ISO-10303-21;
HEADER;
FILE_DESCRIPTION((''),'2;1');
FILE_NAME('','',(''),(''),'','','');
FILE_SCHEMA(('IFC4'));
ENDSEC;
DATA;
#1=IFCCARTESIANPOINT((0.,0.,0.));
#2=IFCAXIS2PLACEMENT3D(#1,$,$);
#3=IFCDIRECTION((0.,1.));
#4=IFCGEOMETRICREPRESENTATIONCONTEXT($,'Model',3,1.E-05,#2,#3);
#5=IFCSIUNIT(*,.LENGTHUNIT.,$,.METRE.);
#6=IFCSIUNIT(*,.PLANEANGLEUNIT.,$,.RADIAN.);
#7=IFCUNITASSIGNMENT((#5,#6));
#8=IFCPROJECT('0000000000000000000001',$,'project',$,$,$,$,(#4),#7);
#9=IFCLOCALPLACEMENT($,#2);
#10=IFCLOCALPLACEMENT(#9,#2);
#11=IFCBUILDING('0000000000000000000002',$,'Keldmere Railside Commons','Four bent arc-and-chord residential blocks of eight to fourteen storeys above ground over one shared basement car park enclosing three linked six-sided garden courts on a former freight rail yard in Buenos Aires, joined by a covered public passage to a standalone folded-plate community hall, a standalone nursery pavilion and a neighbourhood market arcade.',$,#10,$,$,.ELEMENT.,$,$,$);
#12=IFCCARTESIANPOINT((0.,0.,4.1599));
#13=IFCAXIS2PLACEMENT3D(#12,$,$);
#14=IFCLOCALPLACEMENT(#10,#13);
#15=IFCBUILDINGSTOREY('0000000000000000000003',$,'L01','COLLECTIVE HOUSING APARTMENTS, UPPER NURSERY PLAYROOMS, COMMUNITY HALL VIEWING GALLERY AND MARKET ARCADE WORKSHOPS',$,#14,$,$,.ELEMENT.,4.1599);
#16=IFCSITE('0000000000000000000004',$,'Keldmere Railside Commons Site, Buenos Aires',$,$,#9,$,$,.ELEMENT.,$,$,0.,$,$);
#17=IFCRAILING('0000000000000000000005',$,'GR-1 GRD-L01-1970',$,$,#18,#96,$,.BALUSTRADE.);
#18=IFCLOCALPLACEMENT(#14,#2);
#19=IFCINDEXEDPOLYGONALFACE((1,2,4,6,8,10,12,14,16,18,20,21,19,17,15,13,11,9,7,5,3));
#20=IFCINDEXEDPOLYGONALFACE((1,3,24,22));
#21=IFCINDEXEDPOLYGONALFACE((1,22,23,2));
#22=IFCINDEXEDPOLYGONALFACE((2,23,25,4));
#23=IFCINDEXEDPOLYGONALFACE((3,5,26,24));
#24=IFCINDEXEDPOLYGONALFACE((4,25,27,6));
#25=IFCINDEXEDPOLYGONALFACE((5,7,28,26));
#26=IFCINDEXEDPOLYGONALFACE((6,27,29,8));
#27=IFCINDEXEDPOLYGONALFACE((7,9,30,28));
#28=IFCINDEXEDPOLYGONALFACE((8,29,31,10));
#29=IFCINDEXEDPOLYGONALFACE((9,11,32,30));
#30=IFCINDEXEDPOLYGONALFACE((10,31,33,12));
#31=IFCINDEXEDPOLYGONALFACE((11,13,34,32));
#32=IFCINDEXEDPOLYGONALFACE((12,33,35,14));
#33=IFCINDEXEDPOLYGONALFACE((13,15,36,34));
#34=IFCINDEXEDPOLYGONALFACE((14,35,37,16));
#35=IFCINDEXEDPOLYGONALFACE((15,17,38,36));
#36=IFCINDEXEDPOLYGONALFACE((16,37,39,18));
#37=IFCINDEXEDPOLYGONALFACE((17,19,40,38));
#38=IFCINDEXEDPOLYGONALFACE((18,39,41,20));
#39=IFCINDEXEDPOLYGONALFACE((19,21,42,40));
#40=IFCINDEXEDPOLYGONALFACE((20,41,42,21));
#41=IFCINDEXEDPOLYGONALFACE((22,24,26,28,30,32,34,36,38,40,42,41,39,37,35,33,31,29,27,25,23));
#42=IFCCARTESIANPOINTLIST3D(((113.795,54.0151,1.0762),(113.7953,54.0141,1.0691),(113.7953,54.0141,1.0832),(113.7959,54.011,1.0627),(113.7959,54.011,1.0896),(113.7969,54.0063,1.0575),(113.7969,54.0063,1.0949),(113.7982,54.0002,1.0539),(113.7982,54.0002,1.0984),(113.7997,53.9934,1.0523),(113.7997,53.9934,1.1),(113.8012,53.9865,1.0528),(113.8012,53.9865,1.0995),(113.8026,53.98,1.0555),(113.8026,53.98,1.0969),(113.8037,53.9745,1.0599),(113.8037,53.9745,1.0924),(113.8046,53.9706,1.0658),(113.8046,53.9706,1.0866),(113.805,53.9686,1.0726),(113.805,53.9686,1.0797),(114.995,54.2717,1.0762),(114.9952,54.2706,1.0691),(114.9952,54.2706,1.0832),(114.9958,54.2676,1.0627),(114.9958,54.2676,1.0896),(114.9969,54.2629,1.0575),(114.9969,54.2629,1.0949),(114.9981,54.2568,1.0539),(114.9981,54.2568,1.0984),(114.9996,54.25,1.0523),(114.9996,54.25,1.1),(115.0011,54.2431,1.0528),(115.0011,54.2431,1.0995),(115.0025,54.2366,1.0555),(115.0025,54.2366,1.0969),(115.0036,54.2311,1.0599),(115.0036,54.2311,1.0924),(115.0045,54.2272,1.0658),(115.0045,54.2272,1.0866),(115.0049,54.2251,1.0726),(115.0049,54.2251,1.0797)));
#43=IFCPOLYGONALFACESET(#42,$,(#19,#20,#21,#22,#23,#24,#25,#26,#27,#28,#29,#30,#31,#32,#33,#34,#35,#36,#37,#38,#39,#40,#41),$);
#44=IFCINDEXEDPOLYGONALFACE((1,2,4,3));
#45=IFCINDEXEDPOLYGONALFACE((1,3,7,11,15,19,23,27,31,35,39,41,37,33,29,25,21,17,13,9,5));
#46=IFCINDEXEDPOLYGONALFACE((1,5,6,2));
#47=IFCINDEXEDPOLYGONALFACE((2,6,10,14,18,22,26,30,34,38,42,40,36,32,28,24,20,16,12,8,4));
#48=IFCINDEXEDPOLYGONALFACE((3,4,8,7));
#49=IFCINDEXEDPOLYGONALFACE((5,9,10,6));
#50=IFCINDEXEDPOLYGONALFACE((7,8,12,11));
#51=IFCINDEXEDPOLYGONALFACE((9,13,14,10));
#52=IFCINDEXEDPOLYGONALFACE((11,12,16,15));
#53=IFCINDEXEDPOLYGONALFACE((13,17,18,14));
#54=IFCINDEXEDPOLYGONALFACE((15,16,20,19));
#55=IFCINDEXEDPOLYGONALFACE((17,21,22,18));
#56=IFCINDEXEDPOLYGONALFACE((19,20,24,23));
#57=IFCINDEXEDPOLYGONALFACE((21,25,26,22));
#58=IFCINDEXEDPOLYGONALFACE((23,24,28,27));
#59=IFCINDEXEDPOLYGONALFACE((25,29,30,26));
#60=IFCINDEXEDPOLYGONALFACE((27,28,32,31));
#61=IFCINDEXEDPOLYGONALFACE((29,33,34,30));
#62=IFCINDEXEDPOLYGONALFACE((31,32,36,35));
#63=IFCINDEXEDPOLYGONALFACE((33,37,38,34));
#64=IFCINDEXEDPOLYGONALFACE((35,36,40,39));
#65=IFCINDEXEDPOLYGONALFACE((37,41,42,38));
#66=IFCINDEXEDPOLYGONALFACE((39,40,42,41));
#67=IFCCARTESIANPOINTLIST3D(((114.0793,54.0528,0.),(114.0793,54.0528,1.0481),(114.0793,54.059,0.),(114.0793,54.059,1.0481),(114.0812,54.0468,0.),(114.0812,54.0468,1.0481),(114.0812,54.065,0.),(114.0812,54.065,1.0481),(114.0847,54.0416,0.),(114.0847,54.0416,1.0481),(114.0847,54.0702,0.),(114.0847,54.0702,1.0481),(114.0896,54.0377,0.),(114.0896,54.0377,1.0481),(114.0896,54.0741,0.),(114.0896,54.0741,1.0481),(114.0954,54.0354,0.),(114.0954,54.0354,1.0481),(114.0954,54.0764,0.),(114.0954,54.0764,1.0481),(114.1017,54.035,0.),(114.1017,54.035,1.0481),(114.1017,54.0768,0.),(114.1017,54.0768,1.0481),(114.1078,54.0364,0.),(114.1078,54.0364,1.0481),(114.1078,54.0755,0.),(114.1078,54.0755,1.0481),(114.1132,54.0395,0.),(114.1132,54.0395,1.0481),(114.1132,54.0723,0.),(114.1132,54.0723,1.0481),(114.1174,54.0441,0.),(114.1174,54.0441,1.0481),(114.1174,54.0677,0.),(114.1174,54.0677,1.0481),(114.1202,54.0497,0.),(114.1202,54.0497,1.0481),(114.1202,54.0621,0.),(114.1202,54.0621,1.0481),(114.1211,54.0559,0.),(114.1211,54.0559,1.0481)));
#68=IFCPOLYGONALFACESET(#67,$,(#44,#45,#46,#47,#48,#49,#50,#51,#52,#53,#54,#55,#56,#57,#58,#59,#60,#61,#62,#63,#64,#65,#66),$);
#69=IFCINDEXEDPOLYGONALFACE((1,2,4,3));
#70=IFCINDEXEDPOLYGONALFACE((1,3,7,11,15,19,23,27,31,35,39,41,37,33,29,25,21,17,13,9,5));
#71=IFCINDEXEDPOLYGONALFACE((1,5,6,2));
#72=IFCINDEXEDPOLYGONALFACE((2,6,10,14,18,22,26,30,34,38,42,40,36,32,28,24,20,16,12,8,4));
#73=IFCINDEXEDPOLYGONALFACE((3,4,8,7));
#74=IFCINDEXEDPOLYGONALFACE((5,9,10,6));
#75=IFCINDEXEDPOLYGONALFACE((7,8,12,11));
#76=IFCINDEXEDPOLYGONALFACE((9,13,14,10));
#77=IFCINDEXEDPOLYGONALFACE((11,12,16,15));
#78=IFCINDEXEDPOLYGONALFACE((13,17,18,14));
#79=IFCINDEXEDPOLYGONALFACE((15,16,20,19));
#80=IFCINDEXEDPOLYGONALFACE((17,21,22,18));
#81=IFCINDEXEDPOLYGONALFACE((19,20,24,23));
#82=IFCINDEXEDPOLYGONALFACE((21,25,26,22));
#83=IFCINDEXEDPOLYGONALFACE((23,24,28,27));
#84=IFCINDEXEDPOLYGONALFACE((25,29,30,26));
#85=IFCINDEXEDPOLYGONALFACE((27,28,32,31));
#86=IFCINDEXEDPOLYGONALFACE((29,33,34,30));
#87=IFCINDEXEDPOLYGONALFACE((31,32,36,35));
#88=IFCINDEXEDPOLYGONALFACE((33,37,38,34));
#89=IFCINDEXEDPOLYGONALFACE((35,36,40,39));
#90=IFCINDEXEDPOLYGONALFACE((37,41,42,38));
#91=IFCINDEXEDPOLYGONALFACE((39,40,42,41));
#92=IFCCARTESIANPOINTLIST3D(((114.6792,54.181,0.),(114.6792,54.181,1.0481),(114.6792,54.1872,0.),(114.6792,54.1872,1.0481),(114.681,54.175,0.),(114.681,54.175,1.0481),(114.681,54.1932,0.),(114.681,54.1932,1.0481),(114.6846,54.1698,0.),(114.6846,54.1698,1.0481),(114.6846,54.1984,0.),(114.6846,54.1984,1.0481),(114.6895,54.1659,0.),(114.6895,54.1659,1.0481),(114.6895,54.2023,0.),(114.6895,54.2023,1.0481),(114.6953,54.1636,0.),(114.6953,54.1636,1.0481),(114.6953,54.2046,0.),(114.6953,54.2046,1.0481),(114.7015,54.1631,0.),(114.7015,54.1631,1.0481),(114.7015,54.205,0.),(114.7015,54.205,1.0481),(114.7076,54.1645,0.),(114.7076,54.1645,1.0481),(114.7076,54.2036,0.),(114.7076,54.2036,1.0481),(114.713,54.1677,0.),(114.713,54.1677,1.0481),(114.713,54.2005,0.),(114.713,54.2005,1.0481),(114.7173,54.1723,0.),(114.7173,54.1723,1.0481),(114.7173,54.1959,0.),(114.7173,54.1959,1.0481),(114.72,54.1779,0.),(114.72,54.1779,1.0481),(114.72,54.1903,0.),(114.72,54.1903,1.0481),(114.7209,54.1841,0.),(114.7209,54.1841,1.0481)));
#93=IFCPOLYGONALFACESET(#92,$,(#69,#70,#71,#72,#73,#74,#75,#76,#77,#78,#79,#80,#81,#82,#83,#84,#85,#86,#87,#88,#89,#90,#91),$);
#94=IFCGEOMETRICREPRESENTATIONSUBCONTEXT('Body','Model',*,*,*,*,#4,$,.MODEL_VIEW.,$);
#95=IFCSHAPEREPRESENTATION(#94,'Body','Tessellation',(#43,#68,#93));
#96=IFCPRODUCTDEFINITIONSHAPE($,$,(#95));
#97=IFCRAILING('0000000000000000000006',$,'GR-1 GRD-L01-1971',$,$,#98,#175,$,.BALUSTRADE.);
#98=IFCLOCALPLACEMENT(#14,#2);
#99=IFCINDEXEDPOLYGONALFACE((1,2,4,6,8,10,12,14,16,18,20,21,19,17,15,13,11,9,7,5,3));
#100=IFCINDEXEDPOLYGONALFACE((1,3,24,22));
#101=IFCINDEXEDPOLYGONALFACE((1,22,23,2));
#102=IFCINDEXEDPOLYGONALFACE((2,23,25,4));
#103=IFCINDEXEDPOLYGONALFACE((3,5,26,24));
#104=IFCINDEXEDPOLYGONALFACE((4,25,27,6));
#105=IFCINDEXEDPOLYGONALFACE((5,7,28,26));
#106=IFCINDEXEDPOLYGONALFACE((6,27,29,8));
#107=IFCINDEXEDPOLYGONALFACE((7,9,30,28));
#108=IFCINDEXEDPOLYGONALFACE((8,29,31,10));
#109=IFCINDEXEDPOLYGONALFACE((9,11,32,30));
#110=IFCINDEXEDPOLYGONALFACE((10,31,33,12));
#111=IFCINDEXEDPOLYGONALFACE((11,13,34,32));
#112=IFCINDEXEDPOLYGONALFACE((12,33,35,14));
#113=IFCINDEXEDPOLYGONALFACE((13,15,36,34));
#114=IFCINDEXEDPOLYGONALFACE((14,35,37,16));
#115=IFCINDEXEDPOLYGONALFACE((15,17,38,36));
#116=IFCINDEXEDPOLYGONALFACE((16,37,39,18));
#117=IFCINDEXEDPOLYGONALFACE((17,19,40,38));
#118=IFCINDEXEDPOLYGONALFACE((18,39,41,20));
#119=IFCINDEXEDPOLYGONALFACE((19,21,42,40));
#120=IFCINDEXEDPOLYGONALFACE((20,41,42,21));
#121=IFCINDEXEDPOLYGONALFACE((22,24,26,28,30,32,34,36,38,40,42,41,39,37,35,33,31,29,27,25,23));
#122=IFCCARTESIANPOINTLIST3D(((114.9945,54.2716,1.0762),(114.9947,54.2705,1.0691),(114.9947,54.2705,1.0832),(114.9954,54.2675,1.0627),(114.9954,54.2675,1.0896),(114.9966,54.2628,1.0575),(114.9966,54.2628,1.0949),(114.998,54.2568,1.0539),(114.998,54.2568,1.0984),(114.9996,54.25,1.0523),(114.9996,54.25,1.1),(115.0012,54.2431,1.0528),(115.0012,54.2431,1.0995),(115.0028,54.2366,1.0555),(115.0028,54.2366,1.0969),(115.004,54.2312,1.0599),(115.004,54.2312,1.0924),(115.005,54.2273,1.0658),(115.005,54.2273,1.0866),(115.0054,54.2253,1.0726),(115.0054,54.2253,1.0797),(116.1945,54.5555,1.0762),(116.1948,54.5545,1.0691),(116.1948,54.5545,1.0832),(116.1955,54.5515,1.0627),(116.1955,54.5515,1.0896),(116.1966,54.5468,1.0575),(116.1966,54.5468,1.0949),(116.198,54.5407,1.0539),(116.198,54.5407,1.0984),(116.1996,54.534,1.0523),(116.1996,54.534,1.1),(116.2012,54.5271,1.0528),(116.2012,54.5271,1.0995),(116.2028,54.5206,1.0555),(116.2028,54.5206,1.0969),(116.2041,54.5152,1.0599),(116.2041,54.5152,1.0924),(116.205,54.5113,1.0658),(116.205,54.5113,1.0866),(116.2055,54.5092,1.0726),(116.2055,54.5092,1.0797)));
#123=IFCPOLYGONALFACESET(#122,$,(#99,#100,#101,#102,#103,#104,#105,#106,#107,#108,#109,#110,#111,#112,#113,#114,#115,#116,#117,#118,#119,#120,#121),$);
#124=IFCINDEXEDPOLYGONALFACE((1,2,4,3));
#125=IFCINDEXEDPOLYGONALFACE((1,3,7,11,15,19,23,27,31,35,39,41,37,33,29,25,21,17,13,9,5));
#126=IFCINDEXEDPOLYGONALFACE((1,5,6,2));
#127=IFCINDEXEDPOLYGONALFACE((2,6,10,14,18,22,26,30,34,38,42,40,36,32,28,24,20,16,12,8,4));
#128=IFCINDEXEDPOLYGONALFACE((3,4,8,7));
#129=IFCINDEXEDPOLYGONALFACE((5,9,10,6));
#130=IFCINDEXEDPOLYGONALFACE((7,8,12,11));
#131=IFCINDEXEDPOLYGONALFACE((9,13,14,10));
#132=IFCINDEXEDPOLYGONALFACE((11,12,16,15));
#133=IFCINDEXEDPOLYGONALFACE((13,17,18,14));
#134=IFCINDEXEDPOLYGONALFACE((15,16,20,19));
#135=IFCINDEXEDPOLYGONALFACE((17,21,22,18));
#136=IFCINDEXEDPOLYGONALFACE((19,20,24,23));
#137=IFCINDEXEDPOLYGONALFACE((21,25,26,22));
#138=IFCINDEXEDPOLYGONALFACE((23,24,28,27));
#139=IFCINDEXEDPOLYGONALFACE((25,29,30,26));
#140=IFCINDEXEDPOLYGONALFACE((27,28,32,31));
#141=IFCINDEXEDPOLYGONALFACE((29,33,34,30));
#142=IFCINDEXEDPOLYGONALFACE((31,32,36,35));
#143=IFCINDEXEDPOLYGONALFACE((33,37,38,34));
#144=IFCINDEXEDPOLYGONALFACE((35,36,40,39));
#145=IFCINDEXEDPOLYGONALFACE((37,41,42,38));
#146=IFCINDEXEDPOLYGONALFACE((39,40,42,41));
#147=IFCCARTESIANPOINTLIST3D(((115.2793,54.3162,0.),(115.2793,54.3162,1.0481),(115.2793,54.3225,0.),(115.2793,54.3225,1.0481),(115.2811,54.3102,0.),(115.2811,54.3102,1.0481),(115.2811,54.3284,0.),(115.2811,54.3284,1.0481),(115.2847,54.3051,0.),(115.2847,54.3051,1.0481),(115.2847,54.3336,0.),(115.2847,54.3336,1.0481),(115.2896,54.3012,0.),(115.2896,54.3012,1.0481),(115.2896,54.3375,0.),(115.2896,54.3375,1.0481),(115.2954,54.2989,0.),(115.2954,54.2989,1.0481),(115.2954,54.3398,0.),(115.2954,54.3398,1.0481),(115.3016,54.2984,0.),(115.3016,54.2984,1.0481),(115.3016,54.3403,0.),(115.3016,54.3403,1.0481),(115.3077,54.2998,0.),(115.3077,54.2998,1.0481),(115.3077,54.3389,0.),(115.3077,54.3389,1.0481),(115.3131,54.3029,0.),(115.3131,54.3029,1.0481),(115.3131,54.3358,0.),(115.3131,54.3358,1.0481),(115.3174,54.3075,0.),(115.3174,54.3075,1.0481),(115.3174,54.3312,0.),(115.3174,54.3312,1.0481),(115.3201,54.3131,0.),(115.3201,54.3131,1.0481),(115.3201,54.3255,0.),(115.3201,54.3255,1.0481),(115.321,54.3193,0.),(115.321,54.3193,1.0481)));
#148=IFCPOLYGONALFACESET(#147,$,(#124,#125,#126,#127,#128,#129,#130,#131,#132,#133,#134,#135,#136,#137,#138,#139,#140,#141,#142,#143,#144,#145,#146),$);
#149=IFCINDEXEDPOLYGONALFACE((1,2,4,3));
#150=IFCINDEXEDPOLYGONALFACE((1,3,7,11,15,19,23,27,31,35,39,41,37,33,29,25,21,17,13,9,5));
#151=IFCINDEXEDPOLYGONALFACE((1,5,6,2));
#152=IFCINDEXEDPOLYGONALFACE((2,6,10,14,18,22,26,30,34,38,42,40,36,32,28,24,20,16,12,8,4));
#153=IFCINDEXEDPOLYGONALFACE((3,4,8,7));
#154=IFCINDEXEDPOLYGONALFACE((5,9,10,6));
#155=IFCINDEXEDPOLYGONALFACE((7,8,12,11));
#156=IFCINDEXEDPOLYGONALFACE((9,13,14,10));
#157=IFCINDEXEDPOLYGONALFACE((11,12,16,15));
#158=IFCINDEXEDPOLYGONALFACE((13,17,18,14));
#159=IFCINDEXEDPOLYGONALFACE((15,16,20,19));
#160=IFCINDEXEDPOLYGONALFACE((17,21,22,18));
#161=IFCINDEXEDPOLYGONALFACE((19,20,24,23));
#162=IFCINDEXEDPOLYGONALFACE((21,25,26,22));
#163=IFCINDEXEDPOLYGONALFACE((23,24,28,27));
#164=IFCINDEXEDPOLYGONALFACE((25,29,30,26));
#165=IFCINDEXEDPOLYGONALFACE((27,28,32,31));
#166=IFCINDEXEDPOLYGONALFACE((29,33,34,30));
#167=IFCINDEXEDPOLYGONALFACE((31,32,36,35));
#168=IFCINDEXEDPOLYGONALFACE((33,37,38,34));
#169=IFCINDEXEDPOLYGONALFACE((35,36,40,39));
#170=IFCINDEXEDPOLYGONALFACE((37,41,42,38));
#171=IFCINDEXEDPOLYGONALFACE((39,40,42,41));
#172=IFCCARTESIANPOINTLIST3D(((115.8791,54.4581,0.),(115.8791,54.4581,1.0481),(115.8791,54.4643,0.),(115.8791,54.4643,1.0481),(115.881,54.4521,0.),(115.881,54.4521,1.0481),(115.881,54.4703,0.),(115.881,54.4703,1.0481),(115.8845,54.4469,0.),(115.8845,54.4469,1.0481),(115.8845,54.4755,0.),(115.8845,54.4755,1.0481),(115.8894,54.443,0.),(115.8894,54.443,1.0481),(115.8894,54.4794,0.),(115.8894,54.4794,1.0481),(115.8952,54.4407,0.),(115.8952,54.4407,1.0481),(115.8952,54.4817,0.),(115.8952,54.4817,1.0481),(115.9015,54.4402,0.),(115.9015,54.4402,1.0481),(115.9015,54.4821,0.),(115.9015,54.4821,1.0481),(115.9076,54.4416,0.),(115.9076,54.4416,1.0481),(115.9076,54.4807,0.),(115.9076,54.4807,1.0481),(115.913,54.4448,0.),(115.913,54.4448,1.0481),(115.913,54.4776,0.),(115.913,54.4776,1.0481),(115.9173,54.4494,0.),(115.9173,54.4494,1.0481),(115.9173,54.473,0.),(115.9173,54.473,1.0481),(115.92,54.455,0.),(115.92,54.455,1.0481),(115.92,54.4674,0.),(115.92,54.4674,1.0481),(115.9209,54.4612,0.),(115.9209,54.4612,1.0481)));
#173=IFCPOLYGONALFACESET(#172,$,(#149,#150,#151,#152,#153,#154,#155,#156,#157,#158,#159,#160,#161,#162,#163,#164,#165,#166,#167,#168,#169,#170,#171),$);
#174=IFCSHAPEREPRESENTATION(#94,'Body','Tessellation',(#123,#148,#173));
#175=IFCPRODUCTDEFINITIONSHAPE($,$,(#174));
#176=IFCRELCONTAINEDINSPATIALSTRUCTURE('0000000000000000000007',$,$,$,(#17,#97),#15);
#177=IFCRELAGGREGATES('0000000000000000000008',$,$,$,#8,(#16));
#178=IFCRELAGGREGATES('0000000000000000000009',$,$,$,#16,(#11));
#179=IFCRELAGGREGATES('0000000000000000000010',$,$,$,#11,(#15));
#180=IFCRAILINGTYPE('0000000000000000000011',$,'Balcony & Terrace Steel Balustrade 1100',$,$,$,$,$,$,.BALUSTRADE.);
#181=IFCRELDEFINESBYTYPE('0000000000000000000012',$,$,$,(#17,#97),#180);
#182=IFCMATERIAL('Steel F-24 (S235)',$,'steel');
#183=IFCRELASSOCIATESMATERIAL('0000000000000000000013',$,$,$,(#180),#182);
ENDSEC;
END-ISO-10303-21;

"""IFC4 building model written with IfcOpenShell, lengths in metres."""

from ifc_helpers import new_model, si_unit, direction, frame, origin, origin_2d, place, context, subcontext, project, spatial, circle, extrude, material, type_object, element, save


model = new_model("IFC4")

# Units and contexts
model_context = context("Model", 3, precision=1e-05, world=origin(), true_north=direction((0.0, 1.0)))
body_context = subcontext(model_context, "Body", "Model", "MODEL_VIEW")
ifc_project = project(units=[si_unit("LENGTHUNIT", "METRE"), si_unit("PLANEANGLEUNIT", "RADIAN")], contexts=[model_context])

# Site, building, storey
site_placement = place(None, origin())
site = spatial("IfcSite", under=ifc_project, at=site_placement, Name="Keldmere Railside Commons Site, Buenos Aires", CompositionType="ELEMENT", RefElevation=0.0)
building_placement = place(site_placement, origin())
building = spatial("IfcBuilding", under=site, at=building_placement, Name="Keldmere Railside Commons", Description="Four bent arc-and-chord residential blocks of eight to fourteen storeys above ground over one shared basement car park enclosing three linked six-sided garden courts on a former freight rail yard in Buenos Aires, joined by a covered public passage to a standalone folded-plate community hall, a standalone nursery pavilion and a neighbourhood market arcade.", CompositionType="ELEMENT")
storey_placement = place(building_placement, frame((0.0, 0.0, 4.1599)))
storey = spatial("IfcBuildingStorey", under=building, at=storey_placement, Name="L01", Description="COLLECTIVE HOUSING APARTMENTS, UPPER NURSERY PLAYROOMS, COMMUNITY HALL VIEWING GALLERY AND MARKET ARCADE WORKSHOPS", CompositionType="ELEMENT", Elevation=4.1599)

# Shared definitions
ifc_material_1 = material(Name="Steel F-24 (S235)", Category="steel")

# Railings
railing_type = type_object("IfcRailingType", Name="Balcony & Terrace Steel Balustrade 1100", PredefinedType="BALUSTRADE", material=ifc_material_1)
railing_1_placement = place(storey_placement, frame((113.8, 53.9917, 0.0)))
element("IfcRailing", 1, at=railing_1_placement, inside=storey, type_object=railing_type, Name="GR-1 GRD-L01-1970", PredefinedType="BALUSTRADE", context=body_context, shape_type="SweptSolid", body=[
    extrude(circle(Radius=0.0239, at=origin_2d()), frame((0.0, 0.0, 1.0762), z_axis=(0.977893, 0.209108, 0.0), x_axis=(-0.209108, 0.977893, 0.0)), (0.0, 0.0, 1.0), 1.2271),
    extrude(circle(Radius=0.021, at=origin_2d()), frame((0.3, 0.0642, 0.0)), (0.0, 0.0, 1.0), 1.0481),
    extrude(circle(Radius=0.021, at=origin_2d()), frame((0.8999, 0.1924, 0.0)), (0.0, 0.0, 1.0), 1.0481),
])
railing_2_placement = place(storey_placement, frame((115.0, 54.2483, 0.0)))
element("IfcRailing", 2, at=railing_2_placement, inside=storey, type_object=railing_type, Name="GR-1 GRD-L01-1971", PredefinedType="BALUSTRADE", context=body_context, shape_type="SweptSolid", body=[
    extrude(circle(Radius=0.0239, at=origin_2d()), frame((0.0, 0.0, 1.0762), z_axis=(0.973128, 0.230264, 0.0), x_axis=(-0.230264, 0.973128, 0.0)), (0.0, 0.0, 1.0), 1.2332),
    extrude(circle(Radius=0.021, at=origin_2d()), frame((0.3, 0.071, 0.0)), (0.0, 0.0, 1.0), 1.0481),
    extrude(circle(Radius=0.021, at=origin_2d()), frame((0.8999, 0.2129, 0.0)), (0.0, 0.0, 1.0), 1.0481),
])

save(model, "model.ifc")
